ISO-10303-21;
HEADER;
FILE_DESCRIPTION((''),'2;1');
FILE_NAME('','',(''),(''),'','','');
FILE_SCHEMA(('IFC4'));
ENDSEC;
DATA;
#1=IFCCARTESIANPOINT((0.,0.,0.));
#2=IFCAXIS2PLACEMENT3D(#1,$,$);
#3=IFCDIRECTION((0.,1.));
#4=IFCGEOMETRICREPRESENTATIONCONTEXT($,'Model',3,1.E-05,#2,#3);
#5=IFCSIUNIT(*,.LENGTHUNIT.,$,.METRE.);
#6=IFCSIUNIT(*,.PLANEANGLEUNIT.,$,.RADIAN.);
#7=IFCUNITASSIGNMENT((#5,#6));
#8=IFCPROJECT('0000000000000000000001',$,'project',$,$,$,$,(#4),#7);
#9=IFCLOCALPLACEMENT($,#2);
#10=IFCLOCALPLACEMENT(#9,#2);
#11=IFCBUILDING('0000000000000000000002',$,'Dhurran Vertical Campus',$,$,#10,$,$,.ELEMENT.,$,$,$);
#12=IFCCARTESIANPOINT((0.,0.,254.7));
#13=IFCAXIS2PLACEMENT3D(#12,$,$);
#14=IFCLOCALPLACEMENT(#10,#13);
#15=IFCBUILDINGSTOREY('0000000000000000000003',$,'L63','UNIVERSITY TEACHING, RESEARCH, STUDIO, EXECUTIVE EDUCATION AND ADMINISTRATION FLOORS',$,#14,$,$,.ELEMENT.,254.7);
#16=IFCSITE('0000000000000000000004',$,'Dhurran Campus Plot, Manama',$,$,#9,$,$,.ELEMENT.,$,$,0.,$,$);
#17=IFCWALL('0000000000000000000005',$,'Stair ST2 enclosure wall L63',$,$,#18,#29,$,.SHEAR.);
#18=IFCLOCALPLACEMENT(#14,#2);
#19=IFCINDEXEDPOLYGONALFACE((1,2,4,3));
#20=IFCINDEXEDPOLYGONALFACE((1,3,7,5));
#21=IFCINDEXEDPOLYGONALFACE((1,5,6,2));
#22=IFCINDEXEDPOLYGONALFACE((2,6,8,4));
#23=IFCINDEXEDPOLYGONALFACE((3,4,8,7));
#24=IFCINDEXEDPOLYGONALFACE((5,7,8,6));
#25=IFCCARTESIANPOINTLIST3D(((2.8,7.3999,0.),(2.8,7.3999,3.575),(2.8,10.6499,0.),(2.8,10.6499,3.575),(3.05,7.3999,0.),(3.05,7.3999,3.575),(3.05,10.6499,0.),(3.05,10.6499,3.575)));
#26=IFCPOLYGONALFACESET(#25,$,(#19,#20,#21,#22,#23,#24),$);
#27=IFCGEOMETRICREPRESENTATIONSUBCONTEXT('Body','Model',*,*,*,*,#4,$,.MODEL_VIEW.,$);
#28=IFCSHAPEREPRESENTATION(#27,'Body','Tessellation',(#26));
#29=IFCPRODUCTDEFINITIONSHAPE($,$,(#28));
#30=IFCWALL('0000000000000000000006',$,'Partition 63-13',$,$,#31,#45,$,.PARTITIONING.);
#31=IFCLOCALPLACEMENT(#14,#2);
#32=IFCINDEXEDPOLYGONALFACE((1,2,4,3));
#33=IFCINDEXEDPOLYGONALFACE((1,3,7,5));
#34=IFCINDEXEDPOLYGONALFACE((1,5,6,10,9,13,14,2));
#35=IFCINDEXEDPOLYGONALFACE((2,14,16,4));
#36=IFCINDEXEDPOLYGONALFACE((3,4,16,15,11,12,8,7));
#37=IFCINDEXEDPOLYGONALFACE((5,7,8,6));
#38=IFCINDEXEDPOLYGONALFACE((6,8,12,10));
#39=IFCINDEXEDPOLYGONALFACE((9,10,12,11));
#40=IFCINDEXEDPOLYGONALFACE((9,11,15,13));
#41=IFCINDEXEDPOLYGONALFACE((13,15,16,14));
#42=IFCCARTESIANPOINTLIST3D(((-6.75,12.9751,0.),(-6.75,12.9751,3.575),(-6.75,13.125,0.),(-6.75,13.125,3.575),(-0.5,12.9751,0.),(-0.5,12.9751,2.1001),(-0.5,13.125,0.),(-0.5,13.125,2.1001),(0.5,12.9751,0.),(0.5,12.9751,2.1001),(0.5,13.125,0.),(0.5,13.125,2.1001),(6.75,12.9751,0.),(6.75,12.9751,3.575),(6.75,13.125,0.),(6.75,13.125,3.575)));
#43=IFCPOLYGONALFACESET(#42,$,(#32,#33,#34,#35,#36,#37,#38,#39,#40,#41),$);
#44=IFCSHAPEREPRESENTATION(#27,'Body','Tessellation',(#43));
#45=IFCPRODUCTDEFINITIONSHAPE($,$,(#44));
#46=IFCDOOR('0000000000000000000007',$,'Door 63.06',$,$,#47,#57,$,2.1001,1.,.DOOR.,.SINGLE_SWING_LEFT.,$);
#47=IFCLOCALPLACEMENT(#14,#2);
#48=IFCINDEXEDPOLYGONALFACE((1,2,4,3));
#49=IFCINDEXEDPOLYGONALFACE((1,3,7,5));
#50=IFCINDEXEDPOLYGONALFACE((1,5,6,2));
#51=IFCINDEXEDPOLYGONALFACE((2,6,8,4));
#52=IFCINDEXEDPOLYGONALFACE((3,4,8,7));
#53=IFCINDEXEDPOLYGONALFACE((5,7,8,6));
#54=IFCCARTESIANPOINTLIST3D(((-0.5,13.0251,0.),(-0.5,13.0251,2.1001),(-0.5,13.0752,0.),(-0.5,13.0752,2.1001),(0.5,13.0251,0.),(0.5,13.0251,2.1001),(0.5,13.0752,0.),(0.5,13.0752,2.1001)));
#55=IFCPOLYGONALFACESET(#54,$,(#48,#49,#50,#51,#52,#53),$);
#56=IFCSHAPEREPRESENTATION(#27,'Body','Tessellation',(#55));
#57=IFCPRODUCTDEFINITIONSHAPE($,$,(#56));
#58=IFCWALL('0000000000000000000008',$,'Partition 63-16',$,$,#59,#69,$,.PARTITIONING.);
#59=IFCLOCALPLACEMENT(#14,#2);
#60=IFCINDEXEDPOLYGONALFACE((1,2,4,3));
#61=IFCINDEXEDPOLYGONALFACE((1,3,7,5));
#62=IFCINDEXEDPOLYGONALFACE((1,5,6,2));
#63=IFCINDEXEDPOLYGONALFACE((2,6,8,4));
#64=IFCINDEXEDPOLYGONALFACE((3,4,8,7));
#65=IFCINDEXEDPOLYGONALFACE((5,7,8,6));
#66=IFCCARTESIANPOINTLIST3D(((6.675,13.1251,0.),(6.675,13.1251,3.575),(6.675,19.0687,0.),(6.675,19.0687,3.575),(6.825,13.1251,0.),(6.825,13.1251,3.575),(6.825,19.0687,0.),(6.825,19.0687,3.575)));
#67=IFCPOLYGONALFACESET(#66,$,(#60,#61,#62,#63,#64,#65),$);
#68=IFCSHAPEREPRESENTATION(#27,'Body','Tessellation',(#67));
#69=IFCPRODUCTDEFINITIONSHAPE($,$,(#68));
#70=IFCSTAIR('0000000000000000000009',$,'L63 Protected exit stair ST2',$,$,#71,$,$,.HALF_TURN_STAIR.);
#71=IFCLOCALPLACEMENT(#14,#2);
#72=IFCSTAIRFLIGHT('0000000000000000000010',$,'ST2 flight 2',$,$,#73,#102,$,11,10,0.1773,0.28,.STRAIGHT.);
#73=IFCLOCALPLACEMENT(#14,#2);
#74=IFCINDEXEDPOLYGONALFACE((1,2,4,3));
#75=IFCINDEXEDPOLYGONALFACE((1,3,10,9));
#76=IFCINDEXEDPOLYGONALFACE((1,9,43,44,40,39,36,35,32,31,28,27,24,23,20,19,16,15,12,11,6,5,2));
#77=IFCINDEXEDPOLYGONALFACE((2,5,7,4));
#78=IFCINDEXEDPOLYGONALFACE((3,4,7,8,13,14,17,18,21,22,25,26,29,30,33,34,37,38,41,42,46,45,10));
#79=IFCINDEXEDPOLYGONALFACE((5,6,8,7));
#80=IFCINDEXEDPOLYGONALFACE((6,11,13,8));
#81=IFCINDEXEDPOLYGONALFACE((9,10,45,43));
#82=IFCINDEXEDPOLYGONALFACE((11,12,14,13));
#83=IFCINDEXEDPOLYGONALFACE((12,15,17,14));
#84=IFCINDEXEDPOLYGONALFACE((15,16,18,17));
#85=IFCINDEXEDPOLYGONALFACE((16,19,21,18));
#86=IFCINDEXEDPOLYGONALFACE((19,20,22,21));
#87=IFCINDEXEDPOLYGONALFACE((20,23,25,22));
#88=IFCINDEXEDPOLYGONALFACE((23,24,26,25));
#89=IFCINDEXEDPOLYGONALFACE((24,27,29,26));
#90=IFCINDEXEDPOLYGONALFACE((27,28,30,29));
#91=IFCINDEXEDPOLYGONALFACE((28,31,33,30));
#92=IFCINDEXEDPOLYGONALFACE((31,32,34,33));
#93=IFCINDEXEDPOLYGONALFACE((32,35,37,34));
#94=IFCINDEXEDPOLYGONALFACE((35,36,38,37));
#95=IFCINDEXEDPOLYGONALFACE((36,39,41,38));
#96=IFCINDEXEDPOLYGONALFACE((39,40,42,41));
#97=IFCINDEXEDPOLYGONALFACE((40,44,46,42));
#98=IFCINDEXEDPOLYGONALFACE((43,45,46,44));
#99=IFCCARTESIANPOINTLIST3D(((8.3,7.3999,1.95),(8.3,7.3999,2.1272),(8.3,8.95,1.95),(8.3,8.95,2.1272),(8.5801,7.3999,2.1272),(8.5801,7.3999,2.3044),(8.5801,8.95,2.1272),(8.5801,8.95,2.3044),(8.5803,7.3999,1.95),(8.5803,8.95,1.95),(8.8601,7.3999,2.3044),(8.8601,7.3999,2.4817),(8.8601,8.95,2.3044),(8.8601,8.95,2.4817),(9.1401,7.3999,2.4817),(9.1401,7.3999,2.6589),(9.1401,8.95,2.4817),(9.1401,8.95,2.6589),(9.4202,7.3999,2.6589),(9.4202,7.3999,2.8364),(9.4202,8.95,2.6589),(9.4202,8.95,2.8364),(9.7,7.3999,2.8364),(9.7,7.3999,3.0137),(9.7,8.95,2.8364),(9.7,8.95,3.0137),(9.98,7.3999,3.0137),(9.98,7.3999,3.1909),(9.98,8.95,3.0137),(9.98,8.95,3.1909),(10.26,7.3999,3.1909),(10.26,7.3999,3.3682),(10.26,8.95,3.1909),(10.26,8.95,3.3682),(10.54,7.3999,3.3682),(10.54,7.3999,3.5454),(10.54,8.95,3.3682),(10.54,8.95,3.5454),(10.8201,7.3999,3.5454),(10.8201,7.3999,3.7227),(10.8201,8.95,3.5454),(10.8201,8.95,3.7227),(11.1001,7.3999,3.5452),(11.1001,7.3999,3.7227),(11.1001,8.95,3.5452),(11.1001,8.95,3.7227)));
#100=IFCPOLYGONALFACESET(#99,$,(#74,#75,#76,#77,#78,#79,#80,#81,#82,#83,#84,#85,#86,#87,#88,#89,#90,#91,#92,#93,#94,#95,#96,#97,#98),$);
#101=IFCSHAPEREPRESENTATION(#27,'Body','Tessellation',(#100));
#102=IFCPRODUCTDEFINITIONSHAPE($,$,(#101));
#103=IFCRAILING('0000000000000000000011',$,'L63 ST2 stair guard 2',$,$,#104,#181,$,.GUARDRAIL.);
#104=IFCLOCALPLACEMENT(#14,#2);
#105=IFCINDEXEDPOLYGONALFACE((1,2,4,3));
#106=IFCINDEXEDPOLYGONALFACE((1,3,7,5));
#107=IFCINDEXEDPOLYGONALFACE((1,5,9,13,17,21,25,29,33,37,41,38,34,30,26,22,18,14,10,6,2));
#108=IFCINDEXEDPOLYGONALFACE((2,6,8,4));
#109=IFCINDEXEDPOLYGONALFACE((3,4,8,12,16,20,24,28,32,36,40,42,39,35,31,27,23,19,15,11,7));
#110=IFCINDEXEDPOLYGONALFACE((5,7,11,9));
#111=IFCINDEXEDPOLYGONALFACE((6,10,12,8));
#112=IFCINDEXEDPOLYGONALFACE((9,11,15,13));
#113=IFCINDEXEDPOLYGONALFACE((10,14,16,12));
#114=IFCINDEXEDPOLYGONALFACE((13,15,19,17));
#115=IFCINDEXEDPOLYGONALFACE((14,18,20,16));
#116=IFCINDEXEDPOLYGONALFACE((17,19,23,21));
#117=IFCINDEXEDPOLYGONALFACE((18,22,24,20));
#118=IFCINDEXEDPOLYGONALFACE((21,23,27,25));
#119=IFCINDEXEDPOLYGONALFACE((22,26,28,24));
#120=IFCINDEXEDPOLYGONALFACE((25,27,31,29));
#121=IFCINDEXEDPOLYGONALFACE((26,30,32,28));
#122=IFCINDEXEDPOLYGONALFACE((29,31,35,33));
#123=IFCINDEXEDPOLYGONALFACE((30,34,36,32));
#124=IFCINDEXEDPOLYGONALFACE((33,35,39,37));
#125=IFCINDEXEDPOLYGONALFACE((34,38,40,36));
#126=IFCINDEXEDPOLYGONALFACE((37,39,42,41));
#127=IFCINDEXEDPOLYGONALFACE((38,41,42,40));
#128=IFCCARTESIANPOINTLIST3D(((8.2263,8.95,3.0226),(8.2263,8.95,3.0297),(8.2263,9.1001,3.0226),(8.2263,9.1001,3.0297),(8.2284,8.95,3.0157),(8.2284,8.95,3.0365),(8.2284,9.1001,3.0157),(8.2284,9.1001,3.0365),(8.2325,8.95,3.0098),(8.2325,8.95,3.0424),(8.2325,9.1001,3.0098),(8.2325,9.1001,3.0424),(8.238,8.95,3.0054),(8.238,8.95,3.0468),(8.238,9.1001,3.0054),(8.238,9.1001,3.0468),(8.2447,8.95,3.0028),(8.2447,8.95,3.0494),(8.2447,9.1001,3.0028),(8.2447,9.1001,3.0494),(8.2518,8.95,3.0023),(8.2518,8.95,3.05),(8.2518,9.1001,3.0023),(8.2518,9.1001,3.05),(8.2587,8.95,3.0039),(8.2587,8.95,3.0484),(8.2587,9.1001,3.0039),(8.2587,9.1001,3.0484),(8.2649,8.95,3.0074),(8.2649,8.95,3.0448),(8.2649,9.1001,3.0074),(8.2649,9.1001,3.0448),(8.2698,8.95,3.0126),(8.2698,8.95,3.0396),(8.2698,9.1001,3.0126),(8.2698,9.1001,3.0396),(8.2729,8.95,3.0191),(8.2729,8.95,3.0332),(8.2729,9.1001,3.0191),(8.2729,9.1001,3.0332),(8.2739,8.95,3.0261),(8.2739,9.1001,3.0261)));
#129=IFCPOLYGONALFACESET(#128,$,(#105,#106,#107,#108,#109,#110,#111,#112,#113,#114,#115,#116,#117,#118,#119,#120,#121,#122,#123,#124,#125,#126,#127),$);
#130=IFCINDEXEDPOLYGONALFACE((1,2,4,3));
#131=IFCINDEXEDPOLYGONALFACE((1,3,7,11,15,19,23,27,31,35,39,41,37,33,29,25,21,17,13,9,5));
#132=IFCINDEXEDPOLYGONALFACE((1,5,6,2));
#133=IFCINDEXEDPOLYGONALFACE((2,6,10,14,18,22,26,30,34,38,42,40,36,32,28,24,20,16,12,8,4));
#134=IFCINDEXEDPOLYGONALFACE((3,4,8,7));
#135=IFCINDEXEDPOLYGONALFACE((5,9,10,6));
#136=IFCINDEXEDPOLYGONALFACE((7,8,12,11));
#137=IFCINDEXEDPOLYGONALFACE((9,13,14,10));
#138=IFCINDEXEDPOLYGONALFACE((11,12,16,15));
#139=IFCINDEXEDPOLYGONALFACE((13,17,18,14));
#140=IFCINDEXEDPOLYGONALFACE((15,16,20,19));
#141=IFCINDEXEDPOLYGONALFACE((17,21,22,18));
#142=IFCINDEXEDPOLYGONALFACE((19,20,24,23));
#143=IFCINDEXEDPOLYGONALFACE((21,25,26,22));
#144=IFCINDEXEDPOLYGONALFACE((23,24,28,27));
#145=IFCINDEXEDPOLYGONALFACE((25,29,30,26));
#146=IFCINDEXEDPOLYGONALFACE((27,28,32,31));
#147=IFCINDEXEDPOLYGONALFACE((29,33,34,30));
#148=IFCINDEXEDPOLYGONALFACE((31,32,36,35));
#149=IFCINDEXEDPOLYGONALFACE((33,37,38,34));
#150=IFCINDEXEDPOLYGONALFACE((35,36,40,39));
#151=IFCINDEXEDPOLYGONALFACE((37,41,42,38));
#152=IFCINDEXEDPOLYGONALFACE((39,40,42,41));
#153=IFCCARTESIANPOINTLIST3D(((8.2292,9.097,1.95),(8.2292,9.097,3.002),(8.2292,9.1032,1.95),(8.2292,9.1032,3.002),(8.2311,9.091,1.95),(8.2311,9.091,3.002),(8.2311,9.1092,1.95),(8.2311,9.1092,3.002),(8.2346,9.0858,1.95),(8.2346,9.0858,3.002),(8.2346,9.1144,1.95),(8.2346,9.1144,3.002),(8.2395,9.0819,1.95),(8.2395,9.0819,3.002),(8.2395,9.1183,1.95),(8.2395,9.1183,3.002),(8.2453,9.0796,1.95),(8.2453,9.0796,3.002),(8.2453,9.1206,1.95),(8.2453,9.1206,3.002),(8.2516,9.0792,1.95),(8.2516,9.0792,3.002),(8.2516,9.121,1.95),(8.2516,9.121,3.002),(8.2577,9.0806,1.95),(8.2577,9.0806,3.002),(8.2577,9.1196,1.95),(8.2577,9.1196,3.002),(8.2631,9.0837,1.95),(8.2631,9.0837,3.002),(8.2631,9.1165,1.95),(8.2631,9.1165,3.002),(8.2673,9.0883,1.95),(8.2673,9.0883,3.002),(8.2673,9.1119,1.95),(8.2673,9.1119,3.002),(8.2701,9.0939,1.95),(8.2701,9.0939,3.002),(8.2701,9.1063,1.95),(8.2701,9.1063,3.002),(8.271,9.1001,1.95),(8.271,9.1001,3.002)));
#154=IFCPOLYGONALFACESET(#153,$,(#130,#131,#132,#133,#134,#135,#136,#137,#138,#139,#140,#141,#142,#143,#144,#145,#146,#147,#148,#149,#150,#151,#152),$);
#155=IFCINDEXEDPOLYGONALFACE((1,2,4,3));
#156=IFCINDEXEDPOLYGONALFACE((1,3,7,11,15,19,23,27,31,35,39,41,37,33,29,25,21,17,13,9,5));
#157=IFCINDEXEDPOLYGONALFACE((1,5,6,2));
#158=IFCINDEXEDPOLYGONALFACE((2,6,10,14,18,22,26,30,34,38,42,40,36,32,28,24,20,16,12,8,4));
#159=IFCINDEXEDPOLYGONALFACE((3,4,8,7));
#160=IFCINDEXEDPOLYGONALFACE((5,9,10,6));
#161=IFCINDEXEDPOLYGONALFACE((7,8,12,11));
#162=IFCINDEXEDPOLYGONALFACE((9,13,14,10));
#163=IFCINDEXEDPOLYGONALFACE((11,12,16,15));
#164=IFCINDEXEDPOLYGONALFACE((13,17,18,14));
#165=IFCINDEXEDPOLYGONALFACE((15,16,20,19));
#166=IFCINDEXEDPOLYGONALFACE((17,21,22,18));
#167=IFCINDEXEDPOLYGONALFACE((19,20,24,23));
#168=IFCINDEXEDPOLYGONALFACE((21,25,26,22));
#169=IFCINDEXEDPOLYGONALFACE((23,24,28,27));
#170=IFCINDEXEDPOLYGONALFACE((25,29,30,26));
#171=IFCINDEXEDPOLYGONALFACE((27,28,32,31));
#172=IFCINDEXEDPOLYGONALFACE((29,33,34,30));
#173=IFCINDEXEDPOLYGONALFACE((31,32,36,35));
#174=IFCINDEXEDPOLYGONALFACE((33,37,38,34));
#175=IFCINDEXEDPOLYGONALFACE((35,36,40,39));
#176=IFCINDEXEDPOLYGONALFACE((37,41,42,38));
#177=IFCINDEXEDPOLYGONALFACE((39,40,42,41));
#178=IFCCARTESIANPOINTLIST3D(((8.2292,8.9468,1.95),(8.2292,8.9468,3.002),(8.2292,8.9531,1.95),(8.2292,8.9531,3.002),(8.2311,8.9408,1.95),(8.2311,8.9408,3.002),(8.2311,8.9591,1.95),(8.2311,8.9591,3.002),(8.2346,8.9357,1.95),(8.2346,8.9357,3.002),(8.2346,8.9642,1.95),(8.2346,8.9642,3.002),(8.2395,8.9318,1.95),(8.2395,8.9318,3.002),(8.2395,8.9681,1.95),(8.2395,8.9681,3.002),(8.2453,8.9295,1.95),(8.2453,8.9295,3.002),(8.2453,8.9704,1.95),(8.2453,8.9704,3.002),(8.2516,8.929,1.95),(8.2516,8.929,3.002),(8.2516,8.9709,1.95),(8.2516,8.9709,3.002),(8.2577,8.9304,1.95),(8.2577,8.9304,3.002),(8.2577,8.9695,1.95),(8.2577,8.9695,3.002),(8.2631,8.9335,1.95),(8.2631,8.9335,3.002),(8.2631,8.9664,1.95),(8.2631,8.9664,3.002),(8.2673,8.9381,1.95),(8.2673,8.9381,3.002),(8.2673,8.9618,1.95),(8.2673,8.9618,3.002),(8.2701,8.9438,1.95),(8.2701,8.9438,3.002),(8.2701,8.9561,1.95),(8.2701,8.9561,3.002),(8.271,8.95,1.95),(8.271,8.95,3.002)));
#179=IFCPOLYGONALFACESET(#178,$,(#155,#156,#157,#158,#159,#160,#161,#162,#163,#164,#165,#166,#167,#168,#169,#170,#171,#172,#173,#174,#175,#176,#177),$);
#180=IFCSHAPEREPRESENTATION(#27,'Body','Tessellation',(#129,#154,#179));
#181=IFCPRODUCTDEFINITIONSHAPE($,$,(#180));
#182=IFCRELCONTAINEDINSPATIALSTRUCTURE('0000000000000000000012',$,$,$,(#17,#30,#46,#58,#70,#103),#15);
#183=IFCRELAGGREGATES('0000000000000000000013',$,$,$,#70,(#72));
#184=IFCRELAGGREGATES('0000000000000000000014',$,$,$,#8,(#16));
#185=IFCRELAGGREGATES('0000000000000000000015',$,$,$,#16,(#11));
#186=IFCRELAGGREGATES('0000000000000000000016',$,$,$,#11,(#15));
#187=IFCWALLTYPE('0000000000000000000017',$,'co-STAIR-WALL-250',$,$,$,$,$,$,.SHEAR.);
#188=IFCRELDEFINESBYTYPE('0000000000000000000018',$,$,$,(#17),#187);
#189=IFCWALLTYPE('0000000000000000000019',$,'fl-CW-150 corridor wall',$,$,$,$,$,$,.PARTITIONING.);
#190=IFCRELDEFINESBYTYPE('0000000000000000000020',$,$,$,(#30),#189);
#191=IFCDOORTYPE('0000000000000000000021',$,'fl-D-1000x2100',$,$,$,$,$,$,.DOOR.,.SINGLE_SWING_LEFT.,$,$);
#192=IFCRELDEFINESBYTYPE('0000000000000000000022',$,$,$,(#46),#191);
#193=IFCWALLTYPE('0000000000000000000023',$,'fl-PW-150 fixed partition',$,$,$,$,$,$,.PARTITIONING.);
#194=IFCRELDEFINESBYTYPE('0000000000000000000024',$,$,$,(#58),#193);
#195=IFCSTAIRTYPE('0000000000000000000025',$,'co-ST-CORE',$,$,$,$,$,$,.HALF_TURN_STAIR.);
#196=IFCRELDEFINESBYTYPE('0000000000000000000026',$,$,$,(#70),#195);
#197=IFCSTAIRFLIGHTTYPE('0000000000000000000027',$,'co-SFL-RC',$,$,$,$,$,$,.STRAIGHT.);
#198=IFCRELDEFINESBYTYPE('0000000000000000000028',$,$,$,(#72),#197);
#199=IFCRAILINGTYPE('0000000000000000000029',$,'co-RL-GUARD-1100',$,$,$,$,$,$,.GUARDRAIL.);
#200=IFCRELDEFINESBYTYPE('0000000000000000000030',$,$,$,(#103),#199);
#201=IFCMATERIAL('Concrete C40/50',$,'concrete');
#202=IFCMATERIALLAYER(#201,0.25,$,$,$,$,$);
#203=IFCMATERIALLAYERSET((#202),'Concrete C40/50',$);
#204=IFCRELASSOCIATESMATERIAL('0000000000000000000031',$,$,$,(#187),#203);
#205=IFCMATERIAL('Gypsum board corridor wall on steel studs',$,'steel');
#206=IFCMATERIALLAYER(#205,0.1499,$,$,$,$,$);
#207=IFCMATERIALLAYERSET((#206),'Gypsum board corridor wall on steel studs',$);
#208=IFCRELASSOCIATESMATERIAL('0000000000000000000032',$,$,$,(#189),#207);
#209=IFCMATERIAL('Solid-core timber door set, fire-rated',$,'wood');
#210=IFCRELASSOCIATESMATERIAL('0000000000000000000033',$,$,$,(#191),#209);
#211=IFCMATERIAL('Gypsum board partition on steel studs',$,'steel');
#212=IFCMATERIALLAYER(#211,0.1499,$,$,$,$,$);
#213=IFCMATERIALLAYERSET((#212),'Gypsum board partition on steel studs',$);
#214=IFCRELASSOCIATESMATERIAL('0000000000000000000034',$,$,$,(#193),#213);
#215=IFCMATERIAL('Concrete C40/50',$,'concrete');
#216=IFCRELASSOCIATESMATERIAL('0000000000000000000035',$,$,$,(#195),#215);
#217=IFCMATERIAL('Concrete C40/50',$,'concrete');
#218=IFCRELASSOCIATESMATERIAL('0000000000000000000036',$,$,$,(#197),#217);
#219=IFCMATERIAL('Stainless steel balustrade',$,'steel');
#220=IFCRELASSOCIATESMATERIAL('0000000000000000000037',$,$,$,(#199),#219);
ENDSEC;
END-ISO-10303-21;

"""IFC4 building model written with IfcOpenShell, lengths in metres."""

from ifc_helpers import new_model, si_unit, direction, frame, frame_2d, origin, origin_2d, place, context, subcontext, project, spatial, polyline, rectangle, circle, outline, extrude, material, layer, layer_set, type_object, element, fill, aggregate, save


model = new_model("IFC4")

# Units and contexts
model_context = context("Model", 3, precision=1e-05, world=origin(), true_north=direction((0.0, 1.0)))
body_context = subcontext(model_context, "Body", "Model", "MODEL_VIEW")
ifc_project = project(units=[si_unit("LENGTHUNIT", "METRE"), si_unit("PLANEANGLEUNIT", "RADIAN")], contexts=[model_context])

# Site, building, storey
site_placement = place(None, origin())
site = spatial("IfcSite", under=ifc_project, at=site_placement, Name="Dhurran Campus Plot, Manama", CompositionType="ELEMENT", RefElevation=0.0)
building_placement = place(site_placement, origin())
building = spatial("IfcBuilding", under=site, at=building_placement, Name="Dhurran Vertical Campus", CompositionType="ELEMENT")
storey_placement = place(building_placement, frame((0.0, 0.0, 254.7)))
storey = spatial("IfcBuildingStorey", under=building, at=storey_placement, Name="L63", Description="UNIVERSITY TEACHING, RESEARCH, STUDIO, EXECUTIVE EDUCATION AND ADMINISTRATION FLOORS", CompositionType="ELEMENT", Elevation=254.7)

# Shared definitions
ifc_material_1 = material(Name="Concrete C40/50", Category="concrete")
ifc_layer_1 = layer(ifc_material_1, 0.25)
ifc_layer_set_1 = layer_set([ifc_layer_1], Name="Concrete C40/50")
wall_type_1 = type_object("IfcWallType", Name="co-STAIR-WALL-250", PredefinedType="SHEAR", material=ifc_layer_set_1)

# Wall
wall_1_placement = place(storey_placement, frame((2.925, 7.3999, 0.0), z_axis=(0.0, 0.0, 1.0), x_axis=(0.0, 1.0, 0.0)))
element("IfcWall", 1, at=wall_1_placement, inside=storey, type_object=wall_type_1, Name="Stair ST2 enclosure wall L63", PredefinedType="SHEAR", context=body_context, shape_type="SweptSolid", body=[
    extrude(rectangle(XDim=3.25, YDim=0.25, at=frame_2d((1.625, 0.0))), origin(), (0.0, 0.0, 1.0), 3.575),
])

# Wall, opening, door
ifc_material_2 = material(Name="Gypsum board corridor wall on steel studs", Category="steel")
ifc_layer_2 = layer(ifc_material_2, 0.1499)
ifc_layer_set_2 = layer_set([ifc_layer_2], Name="Gypsum board corridor wall on steel studs")
wall_type_2 = type_object("IfcWallType", Name="fl-CW-150 corridor wall", PredefinedType="PARTITIONING", material=ifc_layer_set_2)
wall_2_placement = place(storey_placement, frame((6.75, 13.05, 0.0), z_axis=(0.0, 0.0, 1.0), x_axis=(-1.0, 0.0, 0.0)))
wall_2 = element("IfcWall", 2, at=wall_2_placement, inside=storey, type_object=wall_type_2, Name="Partition 63-13", PredefinedType="PARTITIONING", context=body_context, shape_type="SweptSolid", body=[
    extrude(rectangle(XDim=13.5, YDim=0.1499, at=frame_2d((6.75, 0.0))), origin(), (0.0, 0.0, 1.0), 3.575),
])
opening_1_placement = place(wall_2_placement, frame((6.25, 0.0, 0.0)))
opening_1 = element("IfcOpeningElement", 3, at=opening_1_placement, cuts=wall_2, PredefinedType="OPENING", context=body_context, shape_type="SweptSolid", body=[
    extrude(rectangle(XDim=1.0, YDim=2.1001, at=frame_2d((0.5, 1.05))), frame((0.0, 0.085, 0.0), z_axis=(0.0, -1.0, 0.0), x_axis=(1.0, 0.0, 0.0)), (0.0, 0.0, 1.0), 0.1699),
])
ifc_material_3 = material(Name="Solid-core timber door set, fire-rated", Category="wood")
door_type_1 = type_object("IfcDoorType", Name="fl-D-1000x2100", OperationType="SINGLE_SWING_LEFT", PredefinedType="DOOR", material=ifc_material_3)
door_1_placement = place(opening_1_placement, origin())
door_1 = element("IfcDoor", 4, at=door_1_placement, inside=storey, type_object=door_type_1, Name="Door 63.06", OperationType="SINGLE_SWING_LEFT", OverallHeight=2.1001, OverallWidth=1.0, PredefinedType="DOOR", context=body_context, shape_type="SweptSolid", body=[
    extrude(rectangle(XDim=1.0, YDim=2.1001, at=frame_2d((0.5, 1.05))), frame((0.0, 0.0249, 0.0), z_axis=(0.0, -1.0, 0.0), x_axis=(1.0, 0.0, 0.0)), (0.0, 0.0, 1.0), 0.05),
])
fill(opening_1, door_1)

# Wall
ifc_material_4 = material(Name="Gypsum board partition on steel studs", Category="steel")
ifc_layer_3 = layer(ifc_material_4, 0.1499)
ifc_layer_set_3 = layer_set([ifc_layer_3], Name="Gypsum board partition on steel studs")
wall_type_3 = type_object("IfcWallType", Name="fl-PW-150 fixed partition", PredefinedType="PARTITIONING", material=ifc_layer_set_3)
wall_3_placement = place(storey_placement, frame((6.75, 19.0686, 0.0), z_axis=(0.0, 0.0, 1.0), x_axis=(0.0, -1.0, 0.0)))
element("IfcWall", 5, at=wall_3_placement, inside=storey, type_object=wall_type_3, Name="Partition 63-16", PredefinedType="PARTITIONING", context=body_context, shape_type="SweptSolid", body=[
    extrude(rectangle(XDim=5.9436, YDim=0.1499, at=frame_2d((2.9717, 0.0))), origin(), (0.0, 0.0, 1.0), 3.575),
])

# Stair, stair flight
ifc_material_5 = material(Name="Concrete C40/50", Category="concrete")
stair_type = type_object("IfcStairType", Name="co-ST-CORE", PredefinedType="HALF_TURN_STAIR", material=ifc_material_5)
stair_placement = place(storey_placement, origin())
stair = element("IfcStair", 6, at=stair_placement, inside=storey, type_object=stair_type, Name="L63 Protected exit stair ST2", PredefinedType="HALF_TURN_STAIR")
ifc_material_6 = material(Name="Concrete C40/50", Category="concrete")
stair_flight_type = type_object("IfcStairFlightType", Name="co-SFL-RC", PredefinedType="STRAIGHT", material=ifc_material_6)
stair_flight_placement = place(storey_placement, frame((8.3, 8.175, 1.95), z_axis=(0.0, 0.0, 1.0), x_axis=(1.0, 0.0, 0.0)))
stair_flight = element("IfcStairFlight", 7, at=stair_flight_placement, type_object=stair_flight_type, Name="ST2 flight 2", NumberOfRisers=11, NumberOfTreads=10, PredefinedType="STRAIGHT", RiserHeight=0.1773, TreadLength=0.28, context=body_context, shape_type="SweptSolid", body=[
    extrude(outline(polyline([(0.0, 0.0), (0.0, 0.1772), (0.28, 0.1772), (0.28, 0.3545), (0.5601, 0.3545), (0.5601, 0.5317), (0.8401, 0.5317), (0.8401, 0.709), (1.1201, 0.709), (1.1201, 0.8865), (1.3999, 0.8865), (1.3999, 1.0637), (1.6799, 1.0637), (1.6799, 1.241), (1.96, 1.241), (1.96, 1.4182), (2.24, 1.4182), (2.24, 1.5955), (2.52, 1.5955), (2.52, 1.7727), (2.8, 1.7727), (2.8, 1.95), (2.8, 1.5952), (0.2803, 0.0), (0.0, 0.0)])), frame((0.0, 0.7749, 0.0), z_axis=(0.0, -1.0, 0.0), x_axis=(1.0, 0.0, 0.0)), (0.0, 0.0, 1.0), 1.55),
])
aggregate(stair, [stair_flight])

# Railing
ifc_material_7 = material(Name="Stainless steel balustrade", Category="steel")
railing_type_1 = type_object("IfcRailingType", Name="co-RL-GUARD-1100", PredefinedType="GUARDRAIL", material=ifc_material_7)
railing_1_placement = place(storey_placement, frame((8.25, 9.1001, 1.95)))
element("IfcRailing", 8, at=railing_1_placement, inside=storey, type_object=railing_type_1, Name="L63 ST2 stair guard 2", PredefinedType="GUARDRAIL", context=body_context, shape_type="SweptSolid", body=[
    extrude(circle(Radius=0.0239, at=origin_2d()), frame((0.0, 0.0, 1.0762), z_axis=(0.0, -1.0, 0.0), x_axis=(1.0, 0.0, 0.0)), (0.0, 0.0, 1.0), 0.1501),
    extrude(circle(Radius=0.021, at=origin_2d()), origin(), (0.0, 0.0, 1.0), 1.052),
    extrude(circle(Radius=0.021, at=origin_2d()), frame((0.0, -0.1501, 0.0)), (0.0, 0.0, 1.0), 1.052),
])

save(model, "model.ifc")
